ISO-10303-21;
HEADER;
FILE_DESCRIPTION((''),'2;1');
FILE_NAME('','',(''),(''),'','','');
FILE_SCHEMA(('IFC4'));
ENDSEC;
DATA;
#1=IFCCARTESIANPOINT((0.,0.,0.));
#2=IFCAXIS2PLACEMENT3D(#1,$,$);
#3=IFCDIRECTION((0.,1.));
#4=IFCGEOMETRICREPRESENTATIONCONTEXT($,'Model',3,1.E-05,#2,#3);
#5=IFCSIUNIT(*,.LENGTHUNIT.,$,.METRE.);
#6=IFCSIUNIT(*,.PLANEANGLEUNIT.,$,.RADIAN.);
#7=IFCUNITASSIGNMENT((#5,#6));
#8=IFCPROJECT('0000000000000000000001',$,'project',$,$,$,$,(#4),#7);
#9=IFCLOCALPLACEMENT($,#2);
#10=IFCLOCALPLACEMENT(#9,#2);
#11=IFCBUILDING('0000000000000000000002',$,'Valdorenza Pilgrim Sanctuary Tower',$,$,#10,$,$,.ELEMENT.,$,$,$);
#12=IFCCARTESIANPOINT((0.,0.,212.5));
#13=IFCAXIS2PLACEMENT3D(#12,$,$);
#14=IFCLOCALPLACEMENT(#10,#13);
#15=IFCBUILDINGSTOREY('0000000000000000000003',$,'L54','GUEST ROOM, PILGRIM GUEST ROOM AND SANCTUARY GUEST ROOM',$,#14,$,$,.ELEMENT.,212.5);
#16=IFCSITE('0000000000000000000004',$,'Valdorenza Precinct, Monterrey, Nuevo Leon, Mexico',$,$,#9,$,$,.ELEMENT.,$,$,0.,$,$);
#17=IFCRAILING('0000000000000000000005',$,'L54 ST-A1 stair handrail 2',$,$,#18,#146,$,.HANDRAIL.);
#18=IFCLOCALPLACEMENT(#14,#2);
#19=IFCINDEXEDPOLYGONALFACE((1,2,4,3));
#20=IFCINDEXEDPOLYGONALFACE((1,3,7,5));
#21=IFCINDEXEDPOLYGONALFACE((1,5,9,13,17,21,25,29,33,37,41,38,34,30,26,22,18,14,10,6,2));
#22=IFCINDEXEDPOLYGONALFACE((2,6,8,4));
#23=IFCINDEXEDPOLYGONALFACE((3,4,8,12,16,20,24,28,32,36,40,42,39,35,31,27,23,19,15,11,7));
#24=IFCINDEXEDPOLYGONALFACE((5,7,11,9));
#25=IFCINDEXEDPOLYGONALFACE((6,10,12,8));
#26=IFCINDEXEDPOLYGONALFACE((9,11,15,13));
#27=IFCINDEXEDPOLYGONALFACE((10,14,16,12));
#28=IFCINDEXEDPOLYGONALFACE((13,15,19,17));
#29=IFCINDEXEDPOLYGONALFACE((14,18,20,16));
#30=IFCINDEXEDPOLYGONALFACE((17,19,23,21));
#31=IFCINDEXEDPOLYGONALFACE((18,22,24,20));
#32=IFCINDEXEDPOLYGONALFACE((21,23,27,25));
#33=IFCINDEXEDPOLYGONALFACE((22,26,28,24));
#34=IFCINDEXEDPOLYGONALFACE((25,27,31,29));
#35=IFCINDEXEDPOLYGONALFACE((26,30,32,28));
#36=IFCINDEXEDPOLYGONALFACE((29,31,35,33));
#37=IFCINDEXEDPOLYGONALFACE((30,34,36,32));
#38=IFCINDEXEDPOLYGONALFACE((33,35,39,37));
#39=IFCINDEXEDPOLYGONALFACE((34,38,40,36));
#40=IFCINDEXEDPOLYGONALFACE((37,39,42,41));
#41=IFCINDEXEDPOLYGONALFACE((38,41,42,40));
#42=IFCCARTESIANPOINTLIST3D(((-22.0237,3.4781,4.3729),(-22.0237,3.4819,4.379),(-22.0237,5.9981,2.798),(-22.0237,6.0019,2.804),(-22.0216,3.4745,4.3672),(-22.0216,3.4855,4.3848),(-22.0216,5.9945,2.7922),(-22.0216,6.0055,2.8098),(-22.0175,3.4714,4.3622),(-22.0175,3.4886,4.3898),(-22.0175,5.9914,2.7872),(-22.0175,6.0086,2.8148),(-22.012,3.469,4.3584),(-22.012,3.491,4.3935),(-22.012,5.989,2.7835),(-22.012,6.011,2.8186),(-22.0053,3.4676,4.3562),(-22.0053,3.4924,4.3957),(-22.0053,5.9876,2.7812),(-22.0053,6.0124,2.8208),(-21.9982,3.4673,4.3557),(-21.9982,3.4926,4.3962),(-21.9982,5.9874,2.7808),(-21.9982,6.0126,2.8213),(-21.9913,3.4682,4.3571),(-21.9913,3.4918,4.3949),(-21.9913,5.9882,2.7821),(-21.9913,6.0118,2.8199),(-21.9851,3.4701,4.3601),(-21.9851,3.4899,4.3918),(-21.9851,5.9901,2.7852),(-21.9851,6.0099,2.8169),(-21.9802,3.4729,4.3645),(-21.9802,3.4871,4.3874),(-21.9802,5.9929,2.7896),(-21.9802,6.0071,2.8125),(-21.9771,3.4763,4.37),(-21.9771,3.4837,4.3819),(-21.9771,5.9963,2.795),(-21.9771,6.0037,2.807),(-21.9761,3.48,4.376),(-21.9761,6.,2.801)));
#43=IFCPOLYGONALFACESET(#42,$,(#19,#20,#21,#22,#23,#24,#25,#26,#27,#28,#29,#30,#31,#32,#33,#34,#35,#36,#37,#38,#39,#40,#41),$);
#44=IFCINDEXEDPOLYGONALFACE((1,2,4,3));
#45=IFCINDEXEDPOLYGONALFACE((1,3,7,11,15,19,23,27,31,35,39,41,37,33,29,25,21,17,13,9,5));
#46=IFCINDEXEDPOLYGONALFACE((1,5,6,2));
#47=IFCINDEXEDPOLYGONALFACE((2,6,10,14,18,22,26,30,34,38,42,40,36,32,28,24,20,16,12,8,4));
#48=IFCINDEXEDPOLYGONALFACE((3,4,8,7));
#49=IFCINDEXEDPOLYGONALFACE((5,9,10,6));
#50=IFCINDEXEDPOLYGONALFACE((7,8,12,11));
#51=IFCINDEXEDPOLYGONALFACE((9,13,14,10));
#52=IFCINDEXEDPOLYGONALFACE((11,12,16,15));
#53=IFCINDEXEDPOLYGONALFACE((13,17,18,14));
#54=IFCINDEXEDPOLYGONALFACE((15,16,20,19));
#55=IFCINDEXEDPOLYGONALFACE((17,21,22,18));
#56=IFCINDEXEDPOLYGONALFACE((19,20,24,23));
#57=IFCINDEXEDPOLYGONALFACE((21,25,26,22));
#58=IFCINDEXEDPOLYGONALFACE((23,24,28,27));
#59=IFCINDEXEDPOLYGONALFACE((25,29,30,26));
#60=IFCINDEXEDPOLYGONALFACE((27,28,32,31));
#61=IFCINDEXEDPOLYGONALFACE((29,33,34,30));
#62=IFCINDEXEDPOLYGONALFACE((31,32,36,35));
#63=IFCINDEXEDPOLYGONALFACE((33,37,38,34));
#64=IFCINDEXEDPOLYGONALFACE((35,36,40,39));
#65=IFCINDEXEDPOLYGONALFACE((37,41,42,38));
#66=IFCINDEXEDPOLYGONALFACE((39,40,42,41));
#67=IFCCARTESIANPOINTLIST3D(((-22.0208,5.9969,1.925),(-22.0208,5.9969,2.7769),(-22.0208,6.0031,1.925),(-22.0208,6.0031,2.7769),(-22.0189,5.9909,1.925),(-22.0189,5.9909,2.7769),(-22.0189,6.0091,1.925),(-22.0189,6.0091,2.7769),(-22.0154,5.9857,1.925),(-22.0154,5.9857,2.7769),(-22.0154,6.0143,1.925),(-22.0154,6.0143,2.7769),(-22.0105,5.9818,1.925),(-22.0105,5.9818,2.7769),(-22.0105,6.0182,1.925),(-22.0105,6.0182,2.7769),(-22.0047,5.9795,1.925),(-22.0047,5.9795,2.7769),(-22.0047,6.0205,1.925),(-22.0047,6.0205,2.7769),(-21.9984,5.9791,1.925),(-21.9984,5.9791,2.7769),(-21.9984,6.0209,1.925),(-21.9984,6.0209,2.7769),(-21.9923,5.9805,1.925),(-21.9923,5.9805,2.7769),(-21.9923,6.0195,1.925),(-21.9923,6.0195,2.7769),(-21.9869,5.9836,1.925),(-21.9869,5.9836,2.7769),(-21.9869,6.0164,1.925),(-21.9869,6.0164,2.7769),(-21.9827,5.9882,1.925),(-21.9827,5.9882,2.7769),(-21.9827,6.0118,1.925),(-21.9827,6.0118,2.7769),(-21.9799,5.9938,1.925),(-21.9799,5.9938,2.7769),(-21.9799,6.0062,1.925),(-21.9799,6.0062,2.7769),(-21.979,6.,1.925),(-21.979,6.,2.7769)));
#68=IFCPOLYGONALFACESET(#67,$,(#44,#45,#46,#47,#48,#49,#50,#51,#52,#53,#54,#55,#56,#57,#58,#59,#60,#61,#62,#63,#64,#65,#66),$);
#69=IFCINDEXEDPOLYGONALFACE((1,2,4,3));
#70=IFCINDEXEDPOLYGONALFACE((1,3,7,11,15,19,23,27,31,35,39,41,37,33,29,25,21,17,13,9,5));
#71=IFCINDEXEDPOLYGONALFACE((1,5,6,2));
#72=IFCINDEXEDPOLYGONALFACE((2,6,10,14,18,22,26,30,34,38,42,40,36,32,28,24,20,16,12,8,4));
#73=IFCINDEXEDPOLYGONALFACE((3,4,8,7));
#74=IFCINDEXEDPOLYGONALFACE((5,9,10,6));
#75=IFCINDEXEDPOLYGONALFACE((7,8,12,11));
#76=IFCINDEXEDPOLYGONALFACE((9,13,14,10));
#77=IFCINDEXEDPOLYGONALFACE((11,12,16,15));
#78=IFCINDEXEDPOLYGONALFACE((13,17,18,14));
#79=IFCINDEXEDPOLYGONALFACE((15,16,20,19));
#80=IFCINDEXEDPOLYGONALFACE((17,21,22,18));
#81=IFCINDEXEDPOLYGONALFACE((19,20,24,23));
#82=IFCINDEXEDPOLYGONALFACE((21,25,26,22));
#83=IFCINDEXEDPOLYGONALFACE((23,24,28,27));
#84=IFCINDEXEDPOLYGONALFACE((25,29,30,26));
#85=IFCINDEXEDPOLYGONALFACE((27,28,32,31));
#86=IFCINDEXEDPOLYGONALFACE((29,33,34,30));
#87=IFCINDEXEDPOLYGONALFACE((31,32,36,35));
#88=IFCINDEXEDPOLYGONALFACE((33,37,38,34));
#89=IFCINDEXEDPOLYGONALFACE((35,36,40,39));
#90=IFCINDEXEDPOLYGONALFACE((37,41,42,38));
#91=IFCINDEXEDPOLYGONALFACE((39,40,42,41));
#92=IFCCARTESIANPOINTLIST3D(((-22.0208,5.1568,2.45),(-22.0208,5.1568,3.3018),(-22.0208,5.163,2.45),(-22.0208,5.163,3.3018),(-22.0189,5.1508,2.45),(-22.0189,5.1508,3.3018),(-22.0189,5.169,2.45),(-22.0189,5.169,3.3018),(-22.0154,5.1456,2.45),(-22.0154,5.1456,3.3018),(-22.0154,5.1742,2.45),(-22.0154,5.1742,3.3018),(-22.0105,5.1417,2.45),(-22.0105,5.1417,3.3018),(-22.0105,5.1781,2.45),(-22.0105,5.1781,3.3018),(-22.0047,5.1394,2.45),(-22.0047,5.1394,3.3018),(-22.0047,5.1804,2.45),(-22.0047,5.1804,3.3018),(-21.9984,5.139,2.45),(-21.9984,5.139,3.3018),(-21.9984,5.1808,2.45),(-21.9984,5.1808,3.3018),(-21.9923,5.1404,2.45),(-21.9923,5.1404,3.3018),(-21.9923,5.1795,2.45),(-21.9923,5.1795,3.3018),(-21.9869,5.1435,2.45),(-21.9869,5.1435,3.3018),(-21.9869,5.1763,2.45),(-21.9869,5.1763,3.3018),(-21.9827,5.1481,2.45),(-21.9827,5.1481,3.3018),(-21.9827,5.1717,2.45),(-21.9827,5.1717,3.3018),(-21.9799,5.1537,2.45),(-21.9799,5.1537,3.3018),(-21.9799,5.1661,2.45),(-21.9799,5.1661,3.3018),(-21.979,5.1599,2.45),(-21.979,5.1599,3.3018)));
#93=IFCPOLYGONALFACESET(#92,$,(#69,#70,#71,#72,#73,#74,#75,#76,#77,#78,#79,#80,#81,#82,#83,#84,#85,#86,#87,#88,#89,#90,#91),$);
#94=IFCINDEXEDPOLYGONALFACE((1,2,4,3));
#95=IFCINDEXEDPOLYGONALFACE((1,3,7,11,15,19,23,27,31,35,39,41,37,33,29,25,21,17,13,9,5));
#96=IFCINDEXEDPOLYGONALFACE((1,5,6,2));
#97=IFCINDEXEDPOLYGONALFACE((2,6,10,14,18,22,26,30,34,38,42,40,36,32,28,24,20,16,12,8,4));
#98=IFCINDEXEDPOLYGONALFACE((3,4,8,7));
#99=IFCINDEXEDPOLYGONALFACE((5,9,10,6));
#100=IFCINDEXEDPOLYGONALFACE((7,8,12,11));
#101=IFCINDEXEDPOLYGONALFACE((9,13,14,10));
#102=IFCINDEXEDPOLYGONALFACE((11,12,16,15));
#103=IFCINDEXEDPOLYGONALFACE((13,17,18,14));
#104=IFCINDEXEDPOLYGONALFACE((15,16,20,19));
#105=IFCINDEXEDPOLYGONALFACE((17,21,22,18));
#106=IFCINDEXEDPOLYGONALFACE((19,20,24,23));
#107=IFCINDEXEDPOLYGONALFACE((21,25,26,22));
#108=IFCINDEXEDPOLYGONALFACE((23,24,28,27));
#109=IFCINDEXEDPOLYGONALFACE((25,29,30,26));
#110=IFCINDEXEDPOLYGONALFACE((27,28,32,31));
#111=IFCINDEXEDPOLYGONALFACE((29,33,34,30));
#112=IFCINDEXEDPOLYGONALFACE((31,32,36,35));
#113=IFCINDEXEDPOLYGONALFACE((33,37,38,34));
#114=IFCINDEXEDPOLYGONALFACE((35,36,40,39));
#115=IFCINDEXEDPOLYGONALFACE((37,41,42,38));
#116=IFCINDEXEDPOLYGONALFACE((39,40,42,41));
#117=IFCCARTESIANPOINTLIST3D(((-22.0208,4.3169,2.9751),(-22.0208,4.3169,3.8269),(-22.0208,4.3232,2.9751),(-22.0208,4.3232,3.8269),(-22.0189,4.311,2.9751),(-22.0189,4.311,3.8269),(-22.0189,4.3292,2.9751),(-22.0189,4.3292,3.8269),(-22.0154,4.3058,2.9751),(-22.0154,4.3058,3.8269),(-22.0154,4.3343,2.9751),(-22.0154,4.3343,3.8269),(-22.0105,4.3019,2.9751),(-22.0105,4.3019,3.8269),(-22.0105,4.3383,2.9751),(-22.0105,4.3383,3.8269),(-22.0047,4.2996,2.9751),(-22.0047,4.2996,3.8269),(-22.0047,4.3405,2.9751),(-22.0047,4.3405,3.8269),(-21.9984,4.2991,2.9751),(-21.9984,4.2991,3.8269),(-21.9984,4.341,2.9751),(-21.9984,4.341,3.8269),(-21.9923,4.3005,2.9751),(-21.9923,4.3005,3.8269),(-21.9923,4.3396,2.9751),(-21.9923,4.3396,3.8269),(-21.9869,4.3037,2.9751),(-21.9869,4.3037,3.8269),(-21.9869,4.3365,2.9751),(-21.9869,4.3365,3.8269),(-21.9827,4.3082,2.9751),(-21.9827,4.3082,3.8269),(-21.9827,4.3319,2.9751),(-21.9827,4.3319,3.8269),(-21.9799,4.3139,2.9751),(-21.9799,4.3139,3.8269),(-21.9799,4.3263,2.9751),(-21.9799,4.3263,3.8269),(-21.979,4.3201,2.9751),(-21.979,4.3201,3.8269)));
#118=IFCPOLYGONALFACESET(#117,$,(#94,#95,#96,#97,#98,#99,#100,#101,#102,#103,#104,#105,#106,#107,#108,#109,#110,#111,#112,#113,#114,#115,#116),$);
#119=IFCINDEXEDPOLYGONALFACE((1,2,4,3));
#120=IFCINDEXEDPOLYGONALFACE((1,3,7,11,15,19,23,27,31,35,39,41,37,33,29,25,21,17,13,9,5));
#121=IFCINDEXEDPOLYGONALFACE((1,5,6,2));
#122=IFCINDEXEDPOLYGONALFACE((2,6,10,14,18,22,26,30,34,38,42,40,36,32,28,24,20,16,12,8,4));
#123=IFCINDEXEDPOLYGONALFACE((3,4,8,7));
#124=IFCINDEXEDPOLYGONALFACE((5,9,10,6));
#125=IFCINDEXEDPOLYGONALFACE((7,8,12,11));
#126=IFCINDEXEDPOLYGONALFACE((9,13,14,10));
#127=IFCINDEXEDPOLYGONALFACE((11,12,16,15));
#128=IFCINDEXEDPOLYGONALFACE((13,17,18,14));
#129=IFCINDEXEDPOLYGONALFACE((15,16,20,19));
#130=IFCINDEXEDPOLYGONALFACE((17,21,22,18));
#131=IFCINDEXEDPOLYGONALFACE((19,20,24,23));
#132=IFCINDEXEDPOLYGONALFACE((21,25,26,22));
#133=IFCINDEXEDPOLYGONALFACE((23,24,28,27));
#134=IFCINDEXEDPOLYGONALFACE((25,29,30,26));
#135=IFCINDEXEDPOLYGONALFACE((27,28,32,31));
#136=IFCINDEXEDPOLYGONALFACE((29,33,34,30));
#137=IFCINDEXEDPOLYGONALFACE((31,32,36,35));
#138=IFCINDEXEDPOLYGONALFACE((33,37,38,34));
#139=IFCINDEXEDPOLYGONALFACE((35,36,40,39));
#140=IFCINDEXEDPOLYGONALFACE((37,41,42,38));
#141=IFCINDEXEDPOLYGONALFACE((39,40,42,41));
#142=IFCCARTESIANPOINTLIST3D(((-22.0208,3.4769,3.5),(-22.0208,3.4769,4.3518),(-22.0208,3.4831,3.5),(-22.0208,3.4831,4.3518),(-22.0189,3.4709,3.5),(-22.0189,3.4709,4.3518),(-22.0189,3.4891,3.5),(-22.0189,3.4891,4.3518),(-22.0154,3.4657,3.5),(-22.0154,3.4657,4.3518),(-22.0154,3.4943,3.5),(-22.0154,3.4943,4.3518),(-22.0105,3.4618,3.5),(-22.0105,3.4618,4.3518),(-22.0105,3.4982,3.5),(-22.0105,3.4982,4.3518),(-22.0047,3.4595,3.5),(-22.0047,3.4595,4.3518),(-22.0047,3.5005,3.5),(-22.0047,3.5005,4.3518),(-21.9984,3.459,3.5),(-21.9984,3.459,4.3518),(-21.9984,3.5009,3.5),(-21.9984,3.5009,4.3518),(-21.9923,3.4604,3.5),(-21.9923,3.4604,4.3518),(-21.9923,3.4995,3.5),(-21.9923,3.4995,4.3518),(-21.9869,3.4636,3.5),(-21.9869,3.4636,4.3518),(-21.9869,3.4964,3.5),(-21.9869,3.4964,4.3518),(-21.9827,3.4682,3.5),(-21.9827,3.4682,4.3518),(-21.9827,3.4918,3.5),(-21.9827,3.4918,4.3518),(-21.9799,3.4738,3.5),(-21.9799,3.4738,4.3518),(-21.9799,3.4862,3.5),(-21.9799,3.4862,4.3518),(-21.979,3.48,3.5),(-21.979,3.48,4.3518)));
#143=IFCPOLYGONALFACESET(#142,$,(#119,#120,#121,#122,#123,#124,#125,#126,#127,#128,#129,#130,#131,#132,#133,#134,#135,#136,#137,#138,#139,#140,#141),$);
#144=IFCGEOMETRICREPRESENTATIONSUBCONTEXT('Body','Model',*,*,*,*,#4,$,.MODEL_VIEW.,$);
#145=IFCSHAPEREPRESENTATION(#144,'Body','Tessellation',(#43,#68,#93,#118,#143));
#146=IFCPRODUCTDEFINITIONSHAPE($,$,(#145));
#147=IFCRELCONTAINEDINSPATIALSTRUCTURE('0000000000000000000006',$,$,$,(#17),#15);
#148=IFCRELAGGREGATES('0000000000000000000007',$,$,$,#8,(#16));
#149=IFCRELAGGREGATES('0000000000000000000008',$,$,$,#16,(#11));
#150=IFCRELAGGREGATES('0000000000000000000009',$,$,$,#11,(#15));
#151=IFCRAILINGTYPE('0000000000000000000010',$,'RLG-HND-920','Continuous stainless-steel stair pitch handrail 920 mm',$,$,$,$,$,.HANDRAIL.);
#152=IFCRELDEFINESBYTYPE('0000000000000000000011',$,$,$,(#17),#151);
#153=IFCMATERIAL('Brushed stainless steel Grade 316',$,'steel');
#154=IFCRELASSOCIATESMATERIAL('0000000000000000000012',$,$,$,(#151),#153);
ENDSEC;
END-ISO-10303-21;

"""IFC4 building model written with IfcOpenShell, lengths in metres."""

from ifc_helpers import new_model, si_unit, direction, frame, origin, origin_2d, place, context, subcontext, project, spatial, circle, extrude, material, type_object, element, save


model = new_model("IFC4")

# Units and contexts
model_context = context("Model", 3, precision=1e-05, world=origin(), true_north=direction((0.0, 1.0)))
body_context = subcontext(model_context, "Body", "Model", "MODEL_VIEW")
ifc_project = project(units=[si_unit("LENGTHUNIT", "METRE"), si_unit("PLANEANGLEUNIT", "RADIAN")], contexts=[model_context])

# Site, building, storey
site_placement = place(None, origin())
site = spatial("IfcSite", under=ifc_project, at=site_placement, Name="Valdorenza Precinct, Monterrey, Nuevo Leon, Mexico", CompositionType="ELEMENT", RefElevation=0.0)
building_placement = place(site_placement, origin())
building = spatial("IfcBuilding", under=site, at=building_placement, Name="Valdorenza Pilgrim Sanctuary Tower", CompositionType="ELEMENT")
storey_placement = place(building_placement, frame((0.0, 0.0, 212.5)))
storey = spatial("IfcBuildingStorey", under=building, at=storey_placement, Name="L54", Description="GUEST ROOM, PILGRIM GUEST ROOM AND SANCTUARY GUEST ROOM", CompositionType="ELEMENT", Elevation=212.5)

# Railing
ifc_material_1 = material(Name="Brushed stainless steel Grade 316", Category="steel")
railing_type_1 = type_object("IfcRailingType", Name="RLG-HND-920", Description="Continuous stainless-steel stair pitch handrail 920 mm", PredefinedType="HANDRAIL", material=ifc_material_1)
railing_1_placement = place(storey_placement, frame((-22.0, 6.0, 1.925)))
element("IfcRailing", 1, at=railing_1_placement, inside=storey, type_object=railing_type_1, Name="L54 ST-A1 stair handrail 2", PredefinedType="HANDRAIL", context=body_context, shape_type="SweptSolid", body=[
    extrude(circle(Radius=0.0239, at=origin_2d()), frame((0.0, 0.0, 0.876), z_axis=(0.0, -0.848008, 0.529984), x_axis=(1.0, 0.0, 0.0)), (0.0, 0.0, 1.0), 2.9717),
    extrude(circle(Radius=0.021, at=origin_2d()), origin(), (0.0, 0.0, 1.0), 0.8518),
    extrude(circle(Radius=0.021, at=origin_2d()), frame((0.0, -0.8401, 0.5249)), (0.0, 0.0, 1.0), 0.8518),
    extrude(circle(Radius=0.021, at=origin_2d()), frame((0.0, -1.6799, 1.05)), (0.0, 0.0, 1.0), 0.8518),
    extrude(circle(Radius=0.021, at=origin_2d()), frame((0.0, -2.52, 1.575)), (0.0, 0.0, 1.0), 0.8518),
])

save(model, "model.ifc")
